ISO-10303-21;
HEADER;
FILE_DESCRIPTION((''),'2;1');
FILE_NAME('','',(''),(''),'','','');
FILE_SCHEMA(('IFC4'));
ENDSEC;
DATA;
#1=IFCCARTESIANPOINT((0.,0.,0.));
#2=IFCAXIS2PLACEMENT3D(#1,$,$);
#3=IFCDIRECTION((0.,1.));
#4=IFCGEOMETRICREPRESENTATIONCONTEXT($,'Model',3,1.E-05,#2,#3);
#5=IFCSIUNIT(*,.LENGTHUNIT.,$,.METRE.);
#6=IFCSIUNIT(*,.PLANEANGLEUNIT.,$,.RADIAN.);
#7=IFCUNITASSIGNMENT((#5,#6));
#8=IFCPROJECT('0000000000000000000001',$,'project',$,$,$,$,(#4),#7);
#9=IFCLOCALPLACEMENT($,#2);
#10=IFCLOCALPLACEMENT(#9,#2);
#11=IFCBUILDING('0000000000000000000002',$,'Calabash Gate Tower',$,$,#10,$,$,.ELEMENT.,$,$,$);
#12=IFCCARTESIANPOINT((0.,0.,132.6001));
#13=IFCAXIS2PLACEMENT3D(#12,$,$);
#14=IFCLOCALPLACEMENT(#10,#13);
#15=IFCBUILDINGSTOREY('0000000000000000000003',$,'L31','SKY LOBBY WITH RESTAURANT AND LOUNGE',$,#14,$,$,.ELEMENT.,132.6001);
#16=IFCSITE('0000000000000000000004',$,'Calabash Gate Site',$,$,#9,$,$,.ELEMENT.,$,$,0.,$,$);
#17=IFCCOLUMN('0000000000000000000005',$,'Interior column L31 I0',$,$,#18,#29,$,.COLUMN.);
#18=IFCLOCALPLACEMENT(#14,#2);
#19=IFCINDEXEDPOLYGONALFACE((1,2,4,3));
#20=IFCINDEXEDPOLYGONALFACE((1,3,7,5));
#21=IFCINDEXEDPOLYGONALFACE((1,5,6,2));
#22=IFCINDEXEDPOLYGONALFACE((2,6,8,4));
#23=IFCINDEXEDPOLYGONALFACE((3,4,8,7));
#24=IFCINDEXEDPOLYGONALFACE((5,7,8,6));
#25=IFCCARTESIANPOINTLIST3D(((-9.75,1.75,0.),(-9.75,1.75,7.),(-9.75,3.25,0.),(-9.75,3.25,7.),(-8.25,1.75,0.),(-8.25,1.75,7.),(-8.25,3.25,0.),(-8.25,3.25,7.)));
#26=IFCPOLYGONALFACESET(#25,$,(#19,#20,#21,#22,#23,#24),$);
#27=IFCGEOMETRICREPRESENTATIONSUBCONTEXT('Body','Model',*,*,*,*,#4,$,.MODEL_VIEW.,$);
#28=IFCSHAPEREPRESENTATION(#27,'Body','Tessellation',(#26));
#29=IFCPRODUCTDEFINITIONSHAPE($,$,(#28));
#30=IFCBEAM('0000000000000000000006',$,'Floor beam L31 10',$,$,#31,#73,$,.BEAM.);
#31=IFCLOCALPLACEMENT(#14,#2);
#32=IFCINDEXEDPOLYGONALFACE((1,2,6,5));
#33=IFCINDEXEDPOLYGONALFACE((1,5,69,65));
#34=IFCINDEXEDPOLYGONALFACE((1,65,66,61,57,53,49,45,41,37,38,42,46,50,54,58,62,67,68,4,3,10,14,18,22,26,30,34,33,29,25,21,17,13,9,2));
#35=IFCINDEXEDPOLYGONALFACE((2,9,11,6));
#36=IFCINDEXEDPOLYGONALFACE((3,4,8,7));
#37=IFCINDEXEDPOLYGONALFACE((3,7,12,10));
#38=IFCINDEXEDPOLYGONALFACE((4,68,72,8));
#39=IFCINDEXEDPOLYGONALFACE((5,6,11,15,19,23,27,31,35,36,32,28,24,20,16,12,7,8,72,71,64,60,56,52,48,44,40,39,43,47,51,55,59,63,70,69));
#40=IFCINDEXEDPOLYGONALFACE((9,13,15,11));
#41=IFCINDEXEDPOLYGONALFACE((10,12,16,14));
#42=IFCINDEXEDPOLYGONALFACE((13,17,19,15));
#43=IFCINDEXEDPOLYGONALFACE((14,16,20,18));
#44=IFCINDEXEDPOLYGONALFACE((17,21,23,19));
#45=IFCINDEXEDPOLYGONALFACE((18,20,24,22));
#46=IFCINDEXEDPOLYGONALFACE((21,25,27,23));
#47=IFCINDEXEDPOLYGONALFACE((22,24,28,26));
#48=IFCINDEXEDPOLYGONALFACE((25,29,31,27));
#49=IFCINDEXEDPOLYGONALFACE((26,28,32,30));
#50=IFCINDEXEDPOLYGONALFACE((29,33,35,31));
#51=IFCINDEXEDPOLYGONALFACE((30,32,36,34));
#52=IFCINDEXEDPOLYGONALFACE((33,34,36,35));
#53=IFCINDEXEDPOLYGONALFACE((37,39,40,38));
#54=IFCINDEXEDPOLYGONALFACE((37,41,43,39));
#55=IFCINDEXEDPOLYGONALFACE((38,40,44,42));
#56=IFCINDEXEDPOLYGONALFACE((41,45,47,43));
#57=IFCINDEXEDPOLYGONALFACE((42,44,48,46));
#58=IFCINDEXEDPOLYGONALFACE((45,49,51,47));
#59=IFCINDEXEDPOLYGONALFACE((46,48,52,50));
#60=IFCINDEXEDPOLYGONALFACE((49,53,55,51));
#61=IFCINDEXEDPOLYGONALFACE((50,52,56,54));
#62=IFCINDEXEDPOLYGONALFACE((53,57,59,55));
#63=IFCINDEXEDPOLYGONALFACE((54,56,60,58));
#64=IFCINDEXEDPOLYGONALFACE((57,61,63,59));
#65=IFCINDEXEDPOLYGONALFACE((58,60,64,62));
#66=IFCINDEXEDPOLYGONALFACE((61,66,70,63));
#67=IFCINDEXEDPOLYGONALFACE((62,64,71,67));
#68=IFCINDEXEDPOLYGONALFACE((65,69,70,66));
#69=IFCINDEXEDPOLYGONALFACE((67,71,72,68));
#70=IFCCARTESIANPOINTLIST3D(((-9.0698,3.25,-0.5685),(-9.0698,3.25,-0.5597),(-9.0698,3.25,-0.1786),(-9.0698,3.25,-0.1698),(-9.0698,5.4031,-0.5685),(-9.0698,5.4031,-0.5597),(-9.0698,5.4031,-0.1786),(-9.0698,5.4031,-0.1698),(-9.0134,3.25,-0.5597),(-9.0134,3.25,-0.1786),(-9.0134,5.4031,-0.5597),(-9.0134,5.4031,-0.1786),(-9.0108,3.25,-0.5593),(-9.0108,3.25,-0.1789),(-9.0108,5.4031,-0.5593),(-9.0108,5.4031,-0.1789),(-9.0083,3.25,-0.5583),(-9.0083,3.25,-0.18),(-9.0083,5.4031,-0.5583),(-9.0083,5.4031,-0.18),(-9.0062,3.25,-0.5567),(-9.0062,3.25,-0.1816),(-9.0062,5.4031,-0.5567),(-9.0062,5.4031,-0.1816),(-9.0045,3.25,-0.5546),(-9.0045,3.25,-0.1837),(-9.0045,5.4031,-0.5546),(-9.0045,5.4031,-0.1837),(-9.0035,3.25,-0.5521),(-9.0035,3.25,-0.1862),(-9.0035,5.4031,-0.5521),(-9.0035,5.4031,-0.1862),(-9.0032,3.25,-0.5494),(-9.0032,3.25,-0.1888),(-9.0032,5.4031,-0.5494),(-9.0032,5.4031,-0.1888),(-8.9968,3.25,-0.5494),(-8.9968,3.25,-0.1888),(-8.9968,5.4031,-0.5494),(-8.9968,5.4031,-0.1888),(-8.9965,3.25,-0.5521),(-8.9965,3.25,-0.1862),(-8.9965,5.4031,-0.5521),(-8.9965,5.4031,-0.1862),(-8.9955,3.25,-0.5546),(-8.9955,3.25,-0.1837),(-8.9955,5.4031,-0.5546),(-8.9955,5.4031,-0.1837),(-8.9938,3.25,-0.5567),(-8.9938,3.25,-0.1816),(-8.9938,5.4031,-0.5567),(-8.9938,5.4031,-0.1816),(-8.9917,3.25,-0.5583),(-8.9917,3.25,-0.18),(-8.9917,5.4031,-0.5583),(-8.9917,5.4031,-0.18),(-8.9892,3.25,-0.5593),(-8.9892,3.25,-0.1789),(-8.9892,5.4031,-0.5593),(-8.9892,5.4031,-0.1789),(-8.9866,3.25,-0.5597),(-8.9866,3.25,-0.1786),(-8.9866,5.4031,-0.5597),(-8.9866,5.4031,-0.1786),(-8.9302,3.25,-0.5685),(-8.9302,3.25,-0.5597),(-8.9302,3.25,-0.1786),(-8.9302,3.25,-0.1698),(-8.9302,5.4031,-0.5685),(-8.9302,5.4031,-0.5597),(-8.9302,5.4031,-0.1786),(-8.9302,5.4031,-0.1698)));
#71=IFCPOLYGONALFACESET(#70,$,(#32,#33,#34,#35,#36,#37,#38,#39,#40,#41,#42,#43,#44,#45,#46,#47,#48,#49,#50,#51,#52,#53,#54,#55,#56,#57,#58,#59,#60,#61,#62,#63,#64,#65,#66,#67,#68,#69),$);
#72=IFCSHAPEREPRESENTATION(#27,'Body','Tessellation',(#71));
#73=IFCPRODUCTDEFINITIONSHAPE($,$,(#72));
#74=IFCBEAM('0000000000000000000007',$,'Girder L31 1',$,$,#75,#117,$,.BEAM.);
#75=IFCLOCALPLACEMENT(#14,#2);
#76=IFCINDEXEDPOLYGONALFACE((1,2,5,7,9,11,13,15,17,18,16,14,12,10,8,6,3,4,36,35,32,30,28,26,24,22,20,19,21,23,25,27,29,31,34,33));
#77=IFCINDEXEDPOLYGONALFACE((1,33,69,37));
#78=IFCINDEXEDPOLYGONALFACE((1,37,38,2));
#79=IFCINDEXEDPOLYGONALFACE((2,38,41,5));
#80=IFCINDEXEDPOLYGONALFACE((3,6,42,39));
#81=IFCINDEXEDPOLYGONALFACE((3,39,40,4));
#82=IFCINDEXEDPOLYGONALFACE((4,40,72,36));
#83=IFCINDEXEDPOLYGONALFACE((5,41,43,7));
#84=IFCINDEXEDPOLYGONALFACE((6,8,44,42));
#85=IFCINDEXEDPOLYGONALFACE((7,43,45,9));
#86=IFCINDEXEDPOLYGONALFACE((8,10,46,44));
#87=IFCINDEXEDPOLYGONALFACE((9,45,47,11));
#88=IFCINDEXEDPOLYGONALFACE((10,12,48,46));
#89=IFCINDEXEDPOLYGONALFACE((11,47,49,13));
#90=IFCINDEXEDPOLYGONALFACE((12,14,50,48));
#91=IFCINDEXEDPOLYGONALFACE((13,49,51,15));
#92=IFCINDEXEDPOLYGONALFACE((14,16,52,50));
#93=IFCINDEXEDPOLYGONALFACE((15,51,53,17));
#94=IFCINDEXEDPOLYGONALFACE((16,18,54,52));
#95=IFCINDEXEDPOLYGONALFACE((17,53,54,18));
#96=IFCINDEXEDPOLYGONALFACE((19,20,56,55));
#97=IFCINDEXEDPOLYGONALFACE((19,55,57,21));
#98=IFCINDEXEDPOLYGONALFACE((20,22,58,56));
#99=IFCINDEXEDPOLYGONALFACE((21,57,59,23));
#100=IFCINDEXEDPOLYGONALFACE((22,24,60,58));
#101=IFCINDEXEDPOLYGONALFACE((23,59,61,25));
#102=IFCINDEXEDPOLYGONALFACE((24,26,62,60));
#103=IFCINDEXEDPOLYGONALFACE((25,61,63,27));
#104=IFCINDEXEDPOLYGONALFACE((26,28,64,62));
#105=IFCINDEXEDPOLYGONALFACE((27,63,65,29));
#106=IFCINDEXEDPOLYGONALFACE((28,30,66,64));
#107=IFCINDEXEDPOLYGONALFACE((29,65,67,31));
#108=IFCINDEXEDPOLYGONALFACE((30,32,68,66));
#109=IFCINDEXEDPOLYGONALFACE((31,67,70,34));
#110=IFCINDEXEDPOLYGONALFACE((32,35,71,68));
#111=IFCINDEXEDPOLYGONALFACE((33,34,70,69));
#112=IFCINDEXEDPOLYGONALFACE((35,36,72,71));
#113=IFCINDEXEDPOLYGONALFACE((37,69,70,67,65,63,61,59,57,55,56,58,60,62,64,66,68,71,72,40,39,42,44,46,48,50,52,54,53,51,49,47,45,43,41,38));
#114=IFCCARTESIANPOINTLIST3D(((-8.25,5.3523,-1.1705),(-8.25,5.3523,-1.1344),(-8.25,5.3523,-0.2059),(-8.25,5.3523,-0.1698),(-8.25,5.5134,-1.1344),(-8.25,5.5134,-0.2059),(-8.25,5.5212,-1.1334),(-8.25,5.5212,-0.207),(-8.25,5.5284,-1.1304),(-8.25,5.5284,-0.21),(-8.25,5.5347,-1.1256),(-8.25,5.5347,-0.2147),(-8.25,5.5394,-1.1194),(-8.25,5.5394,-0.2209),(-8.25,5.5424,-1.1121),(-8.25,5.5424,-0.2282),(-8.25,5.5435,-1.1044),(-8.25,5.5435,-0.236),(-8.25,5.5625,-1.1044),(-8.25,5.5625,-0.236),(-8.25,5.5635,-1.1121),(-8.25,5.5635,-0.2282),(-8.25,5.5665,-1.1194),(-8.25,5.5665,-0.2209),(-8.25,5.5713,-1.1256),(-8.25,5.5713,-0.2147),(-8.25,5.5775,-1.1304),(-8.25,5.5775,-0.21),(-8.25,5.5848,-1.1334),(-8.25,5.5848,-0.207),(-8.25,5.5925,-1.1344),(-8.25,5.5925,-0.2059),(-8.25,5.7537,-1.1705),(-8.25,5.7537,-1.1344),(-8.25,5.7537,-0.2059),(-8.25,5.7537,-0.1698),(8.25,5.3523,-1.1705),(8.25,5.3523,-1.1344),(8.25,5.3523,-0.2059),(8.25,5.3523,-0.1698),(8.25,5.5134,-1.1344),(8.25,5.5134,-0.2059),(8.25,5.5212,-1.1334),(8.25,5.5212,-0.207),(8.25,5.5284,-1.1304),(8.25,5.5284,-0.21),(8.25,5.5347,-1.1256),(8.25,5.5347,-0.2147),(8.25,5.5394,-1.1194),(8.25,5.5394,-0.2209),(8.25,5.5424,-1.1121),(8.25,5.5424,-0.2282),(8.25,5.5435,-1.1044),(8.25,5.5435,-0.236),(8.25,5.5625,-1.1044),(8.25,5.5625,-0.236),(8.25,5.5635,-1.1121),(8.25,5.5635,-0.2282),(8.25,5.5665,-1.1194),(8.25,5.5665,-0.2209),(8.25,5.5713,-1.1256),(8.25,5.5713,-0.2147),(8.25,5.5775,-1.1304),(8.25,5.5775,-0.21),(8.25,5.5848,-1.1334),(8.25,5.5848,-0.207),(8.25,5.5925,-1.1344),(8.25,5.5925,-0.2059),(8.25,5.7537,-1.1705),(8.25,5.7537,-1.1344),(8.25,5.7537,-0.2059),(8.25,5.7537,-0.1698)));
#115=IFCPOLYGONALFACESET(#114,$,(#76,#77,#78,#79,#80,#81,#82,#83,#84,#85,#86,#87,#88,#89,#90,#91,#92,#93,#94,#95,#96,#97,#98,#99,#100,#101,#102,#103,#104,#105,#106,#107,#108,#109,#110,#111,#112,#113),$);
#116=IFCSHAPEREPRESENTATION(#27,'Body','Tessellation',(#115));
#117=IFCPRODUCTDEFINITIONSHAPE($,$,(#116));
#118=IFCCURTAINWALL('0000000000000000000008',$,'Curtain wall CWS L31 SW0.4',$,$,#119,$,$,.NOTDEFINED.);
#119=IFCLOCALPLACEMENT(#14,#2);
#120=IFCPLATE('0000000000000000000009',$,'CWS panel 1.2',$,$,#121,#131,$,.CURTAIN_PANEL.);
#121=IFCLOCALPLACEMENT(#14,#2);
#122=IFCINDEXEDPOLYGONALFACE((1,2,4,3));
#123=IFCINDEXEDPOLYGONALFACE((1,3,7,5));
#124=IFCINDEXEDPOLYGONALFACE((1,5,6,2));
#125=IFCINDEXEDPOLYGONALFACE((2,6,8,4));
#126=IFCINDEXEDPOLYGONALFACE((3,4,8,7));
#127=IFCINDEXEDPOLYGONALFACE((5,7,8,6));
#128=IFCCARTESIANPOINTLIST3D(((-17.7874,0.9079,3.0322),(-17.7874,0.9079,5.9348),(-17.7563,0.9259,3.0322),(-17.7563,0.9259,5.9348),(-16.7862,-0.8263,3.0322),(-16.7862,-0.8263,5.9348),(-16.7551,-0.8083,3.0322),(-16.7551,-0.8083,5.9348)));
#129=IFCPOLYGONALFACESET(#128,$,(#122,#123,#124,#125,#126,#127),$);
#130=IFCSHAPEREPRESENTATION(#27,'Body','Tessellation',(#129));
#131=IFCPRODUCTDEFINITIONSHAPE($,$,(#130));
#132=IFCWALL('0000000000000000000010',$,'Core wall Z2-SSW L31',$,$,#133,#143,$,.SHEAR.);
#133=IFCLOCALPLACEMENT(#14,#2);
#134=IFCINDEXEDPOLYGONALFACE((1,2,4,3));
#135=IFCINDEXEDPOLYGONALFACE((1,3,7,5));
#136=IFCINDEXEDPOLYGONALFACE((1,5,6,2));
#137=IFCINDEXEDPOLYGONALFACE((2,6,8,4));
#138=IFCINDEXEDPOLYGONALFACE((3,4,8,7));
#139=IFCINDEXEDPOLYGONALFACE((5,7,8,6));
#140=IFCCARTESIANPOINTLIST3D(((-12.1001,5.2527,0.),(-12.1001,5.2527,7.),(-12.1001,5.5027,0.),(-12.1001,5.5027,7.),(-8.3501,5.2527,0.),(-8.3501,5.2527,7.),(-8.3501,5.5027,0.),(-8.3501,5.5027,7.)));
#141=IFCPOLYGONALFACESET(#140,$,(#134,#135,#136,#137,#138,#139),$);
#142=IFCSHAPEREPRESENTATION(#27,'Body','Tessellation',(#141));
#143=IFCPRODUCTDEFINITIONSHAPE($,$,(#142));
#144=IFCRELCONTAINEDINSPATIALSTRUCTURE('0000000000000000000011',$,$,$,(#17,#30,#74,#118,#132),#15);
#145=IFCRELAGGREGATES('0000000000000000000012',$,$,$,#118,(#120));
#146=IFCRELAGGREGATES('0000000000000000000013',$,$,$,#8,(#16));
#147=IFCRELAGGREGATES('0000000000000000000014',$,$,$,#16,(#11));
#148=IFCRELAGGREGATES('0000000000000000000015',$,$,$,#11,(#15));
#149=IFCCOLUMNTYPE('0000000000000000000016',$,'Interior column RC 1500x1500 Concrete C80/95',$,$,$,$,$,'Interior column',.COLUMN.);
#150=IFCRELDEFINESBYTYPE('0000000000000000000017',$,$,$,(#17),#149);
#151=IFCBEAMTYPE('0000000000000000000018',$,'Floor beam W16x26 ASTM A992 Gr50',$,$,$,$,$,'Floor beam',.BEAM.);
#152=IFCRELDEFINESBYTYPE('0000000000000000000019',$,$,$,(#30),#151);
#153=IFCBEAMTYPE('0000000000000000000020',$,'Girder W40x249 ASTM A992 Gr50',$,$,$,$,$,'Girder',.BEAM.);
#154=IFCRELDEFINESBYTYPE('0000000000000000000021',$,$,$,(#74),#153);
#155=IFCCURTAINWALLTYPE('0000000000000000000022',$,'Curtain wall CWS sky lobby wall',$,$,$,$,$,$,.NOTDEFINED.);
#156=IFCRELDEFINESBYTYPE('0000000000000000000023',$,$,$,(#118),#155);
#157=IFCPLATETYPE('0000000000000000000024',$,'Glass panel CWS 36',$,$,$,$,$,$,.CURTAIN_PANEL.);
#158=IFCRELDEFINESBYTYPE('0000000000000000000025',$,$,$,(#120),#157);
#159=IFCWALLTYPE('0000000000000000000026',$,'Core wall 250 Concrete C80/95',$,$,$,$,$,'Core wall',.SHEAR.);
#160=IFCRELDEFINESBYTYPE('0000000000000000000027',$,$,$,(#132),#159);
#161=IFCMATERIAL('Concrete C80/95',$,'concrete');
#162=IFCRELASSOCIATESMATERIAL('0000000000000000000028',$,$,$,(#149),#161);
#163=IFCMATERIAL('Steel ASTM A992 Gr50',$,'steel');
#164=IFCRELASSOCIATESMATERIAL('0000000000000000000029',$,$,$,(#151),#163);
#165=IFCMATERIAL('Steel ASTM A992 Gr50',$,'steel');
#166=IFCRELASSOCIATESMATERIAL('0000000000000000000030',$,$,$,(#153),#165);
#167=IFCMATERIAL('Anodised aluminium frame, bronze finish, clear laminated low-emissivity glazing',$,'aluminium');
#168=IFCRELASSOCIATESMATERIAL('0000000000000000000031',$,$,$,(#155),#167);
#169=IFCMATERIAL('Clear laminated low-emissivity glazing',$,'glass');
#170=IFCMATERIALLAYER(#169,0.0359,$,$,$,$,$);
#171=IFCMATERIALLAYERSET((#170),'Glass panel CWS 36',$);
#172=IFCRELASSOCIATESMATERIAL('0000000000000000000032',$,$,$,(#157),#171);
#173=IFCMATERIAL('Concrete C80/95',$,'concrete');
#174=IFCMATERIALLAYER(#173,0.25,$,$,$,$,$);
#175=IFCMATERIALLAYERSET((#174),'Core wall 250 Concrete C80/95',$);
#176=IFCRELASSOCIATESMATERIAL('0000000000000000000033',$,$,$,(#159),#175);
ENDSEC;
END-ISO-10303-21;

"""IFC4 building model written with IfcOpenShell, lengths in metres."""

from ifc_helpers import new_model, si_unit, direction, frame, frame_2d, origin, origin_2d, place, context, subcontext, project, spatial, rectangle, i_section, extrude, material, layer, layer_set, material_profile, profile_set, type_object, element, aggregate, save


model = new_model("IFC4")

# Units and contexts
model_context = context("Model", 3, precision=1e-05, world=origin(), true_north=direction((0.0, 1.0)))
body_context = subcontext(model_context, "Body", "Model", "MODEL_VIEW")
ifc_project = project(units=[si_unit("LENGTHUNIT", "METRE"), si_unit("PLANEANGLEUNIT", "RADIAN")], contexts=[model_context])

# Site, building, storey
site_placement = place(None, origin())
site = spatial("IfcSite", under=ifc_project, at=site_placement, Name="Calabash Gate Site", CompositionType="ELEMENT", RefElevation=0.0)
building_placement = place(site_placement, origin())
building = spatial("IfcBuilding", under=site, at=building_placement, Name="Calabash Gate Tower", CompositionType="ELEMENT")
storey_placement = place(building_placement, frame((0.0, 0.0, 132.6001)))
storey = spatial("IfcBuildingStorey", under=building, at=storey_placement, Name="L31", Description="SKY LOBBY WITH RESTAURANT AND LOUNGE", CompositionType="ELEMENT", Elevation=132.6001)

# Column
ifc_material_1 = material(Name="Concrete C80/95", Category="concrete")
ifc_material_profile_1 = material_profile(ifc_material_1, rectangle(XDim=1.5, YDim=1.5, at=origin_2d()))
ifc_profile_set_1 = profile_set([ifc_material_profile_1], Name="Concrete C80/95")
column_type = type_object("IfcColumnType", Name="Interior column RC 1500x1500 Concrete C80/95", ElementType="Interior column", PredefinedType="COLUMN", material=ifc_profile_set_1)
column_placement = place(storey_placement, frame((-9.0, 2.5, 0.0), z_axis=(0.0, 0.0, 1.0), x_axis=(1.0, 0.0, 0.0)))
element("IfcColumn", 1, at=column_placement, inside=storey, type_object=column_type, Name="Interior column L31 I0", PredefinedType="COLUMN", context=body_context, shape_type="SweptSolid", body=[
    extrude(rectangle(XDim=1.5, YDim=1.5, at=origin_2d()), origin(), (0.0, 0.0, 1.0), 7.0),
])

# Beams
ifc_material_2 = material(Name="Steel ASTM A992 Gr50", Category="steel")
ifc_material_profile_2 = material_profile(ifc_material_2, i_section(OverallWidth=0.1396, OverallDepth=0.3987, WebThickness=0.0063, FlangeThickness=0.0088, FilletRadius=0.0103, at=origin_2d()))
ifc_profile_set_2 = profile_set([ifc_material_profile_2], Name="Steel ASTM A992 Gr50")
beam_type_1 = type_object("IfcBeamType", Name="Floor beam W16x26 ASTM A992 Gr50", ElementType="Floor beam", PredefinedType="BEAM", material=ifc_profile_set_2)
beam_1_placement = place(storey_placement, frame((-9.0, 3.25, -0.3691), z_axis=(0.0, 1.0, 0.0), x_axis=(-1.0, 0.0, 0.0)))
element("IfcBeam", 2, at=beam_1_placement, inside=storey, type_object=beam_type_1, Name="Floor beam L31 10", PredefinedType="BEAM", context=body_context, shape_type="SweptSolid", body=[
    extrude(i_section(OverallWidth=0.1396, OverallDepth=0.3987, WebThickness=0.0063, FlangeThickness=0.0088, FilletRadius=0.0103, at=origin_2d()), origin(), (0.0, 0.0, 1.0), 2.1531),
])
ifc_material_3 = material(Name="Steel ASTM A992 Gr50", Category="steel")
ifc_material_profile_3 = material_profile(ifc_material_3, i_section(OverallWidth=0.4014, OverallDepth=1.0007, WebThickness=0.019, FlangeThickness=0.0361, FilletRadius=0.03, at=origin_2d()))
ifc_profile_set_3 = profile_set([ifc_material_profile_3], Name="Steel ASTM A992 Gr50")
beam_type_2 = type_object("IfcBeamType", Name="Girder W40x249 ASTM A992 Gr50", ElementType="Girder", PredefinedType="BEAM", material=ifc_profile_set_3)
beam_2_placement = place(storey_placement, frame((-8.25, 5.553, -0.6702), z_axis=(1.0, 0.0, 0.0), x_axis=(0.0, 1.0, 0.0)))
element("IfcBeam", 3, at=beam_2_placement, inside=storey, type_object=beam_type_2, Name="Girder L31 1", PredefinedType="BEAM", context=body_context, shape_type="SweptSolid", body=[
    extrude(i_section(OverallWidth=0.4014, OverallDepth=1.0007, WebThickness=0.019, FlangeThickness=0.0361, FilletRadius=0.03, at=origin_2d()), origin(), (0.0, 0.0, 1.0), 16.5),
])

# Curtain wall, plate
ifc_material_4 = material(Name="Anodised aluminium frame, bronze finish, clear laminated low-emissivity glazing", Category="aluminium")
curtain_wall_type = type_object("IfcCurtainWallType", Name="Curtain wall CWS sky lobby wall", PredefinedType="NOTDEFINED", material=ifc_material_4)
curtain_wall_placement = place(storey_placement, origin())
curtain_wall = element("IfcCurtainWall", 4, at=curtain_wall_placement, inside=storey, type_object=curtain_wall_type, Name="Curtain wall CWS L31 SW0.4", PredefinedType="NOTDEFINED")
ifc_material_5 = material(Name="Clear laminated low-emissivity glazing", Category="glass")
ifc_layer_1 = layer(ifc_material_5, 0.0359)
ifc_layer_set_1 = layer_set([ifc_layer_1], Name="Glass panel CWS 36")
plate_type = type_object("IfcPlateType", Name="Glass panel CWS 36", PredefinedType="CURTAIN_PANEL", material=ifc_layer_set_1)
plate_placement = place(storey_placement, frame((-17.2712, 0.0498, 3.0322), z_axis=(0.0, 0.0, 1.0), x_axis=(0.5, -0.866025, 0.0)))
plate = element("IfcPlate", 5, at=plate_placement, type_object=plate_type, Name="CWS panel 1.2", PredefinedType="CURTAIN_PANEL", context=body_context, shape_type="SweptSolid", body=[
    extrude(rectangle(XDim=2.0024, YDim=0.0359, at=origin_2d()), origin(), (0.0, 0.0, 1.0), 2.9026),
])
aggregate(curtain_wall, [plate])

# Wall
ifc_material_6 = material(Name="Concrete C80/95", Category="concrete")
ifc_layer_2 = layer(ifc_material_6, 0.25)
ifc_layer_set_2 = layer_set([ifc_layer_2], Name="Core wall 250 Concrete C80/95")
wall_type_1 = type_object("IfcWallType", Name="Core wall 250 Concrete C80/95", ElementType="Core wall", PredefinedType="SHEAR", material=ifc_layer_set_2)
wall_1_placement = place(storey_placement, frame((-12.1001, 5.3777, 0.0), z_axis=(0.0, 0.0, 1.0), x_axis=(1.0, 0.0, 0.0)))
element("IfcWall", 6, at=wall_1_placement, inside=storey, type_object=wall_type_1, Name="Core wall Z2-SSW L31", PredefinedType="SHEAR", context=body_context, shape_type="SweptSolid", body=[
    extrude(rectangle(XDim=3.75, YDim=0.25, at=frame_2d((1.875, 0.0))), origin(), (0.0, 0.0, 1.0), 7.0),
])

save(model, "model.ifc")
